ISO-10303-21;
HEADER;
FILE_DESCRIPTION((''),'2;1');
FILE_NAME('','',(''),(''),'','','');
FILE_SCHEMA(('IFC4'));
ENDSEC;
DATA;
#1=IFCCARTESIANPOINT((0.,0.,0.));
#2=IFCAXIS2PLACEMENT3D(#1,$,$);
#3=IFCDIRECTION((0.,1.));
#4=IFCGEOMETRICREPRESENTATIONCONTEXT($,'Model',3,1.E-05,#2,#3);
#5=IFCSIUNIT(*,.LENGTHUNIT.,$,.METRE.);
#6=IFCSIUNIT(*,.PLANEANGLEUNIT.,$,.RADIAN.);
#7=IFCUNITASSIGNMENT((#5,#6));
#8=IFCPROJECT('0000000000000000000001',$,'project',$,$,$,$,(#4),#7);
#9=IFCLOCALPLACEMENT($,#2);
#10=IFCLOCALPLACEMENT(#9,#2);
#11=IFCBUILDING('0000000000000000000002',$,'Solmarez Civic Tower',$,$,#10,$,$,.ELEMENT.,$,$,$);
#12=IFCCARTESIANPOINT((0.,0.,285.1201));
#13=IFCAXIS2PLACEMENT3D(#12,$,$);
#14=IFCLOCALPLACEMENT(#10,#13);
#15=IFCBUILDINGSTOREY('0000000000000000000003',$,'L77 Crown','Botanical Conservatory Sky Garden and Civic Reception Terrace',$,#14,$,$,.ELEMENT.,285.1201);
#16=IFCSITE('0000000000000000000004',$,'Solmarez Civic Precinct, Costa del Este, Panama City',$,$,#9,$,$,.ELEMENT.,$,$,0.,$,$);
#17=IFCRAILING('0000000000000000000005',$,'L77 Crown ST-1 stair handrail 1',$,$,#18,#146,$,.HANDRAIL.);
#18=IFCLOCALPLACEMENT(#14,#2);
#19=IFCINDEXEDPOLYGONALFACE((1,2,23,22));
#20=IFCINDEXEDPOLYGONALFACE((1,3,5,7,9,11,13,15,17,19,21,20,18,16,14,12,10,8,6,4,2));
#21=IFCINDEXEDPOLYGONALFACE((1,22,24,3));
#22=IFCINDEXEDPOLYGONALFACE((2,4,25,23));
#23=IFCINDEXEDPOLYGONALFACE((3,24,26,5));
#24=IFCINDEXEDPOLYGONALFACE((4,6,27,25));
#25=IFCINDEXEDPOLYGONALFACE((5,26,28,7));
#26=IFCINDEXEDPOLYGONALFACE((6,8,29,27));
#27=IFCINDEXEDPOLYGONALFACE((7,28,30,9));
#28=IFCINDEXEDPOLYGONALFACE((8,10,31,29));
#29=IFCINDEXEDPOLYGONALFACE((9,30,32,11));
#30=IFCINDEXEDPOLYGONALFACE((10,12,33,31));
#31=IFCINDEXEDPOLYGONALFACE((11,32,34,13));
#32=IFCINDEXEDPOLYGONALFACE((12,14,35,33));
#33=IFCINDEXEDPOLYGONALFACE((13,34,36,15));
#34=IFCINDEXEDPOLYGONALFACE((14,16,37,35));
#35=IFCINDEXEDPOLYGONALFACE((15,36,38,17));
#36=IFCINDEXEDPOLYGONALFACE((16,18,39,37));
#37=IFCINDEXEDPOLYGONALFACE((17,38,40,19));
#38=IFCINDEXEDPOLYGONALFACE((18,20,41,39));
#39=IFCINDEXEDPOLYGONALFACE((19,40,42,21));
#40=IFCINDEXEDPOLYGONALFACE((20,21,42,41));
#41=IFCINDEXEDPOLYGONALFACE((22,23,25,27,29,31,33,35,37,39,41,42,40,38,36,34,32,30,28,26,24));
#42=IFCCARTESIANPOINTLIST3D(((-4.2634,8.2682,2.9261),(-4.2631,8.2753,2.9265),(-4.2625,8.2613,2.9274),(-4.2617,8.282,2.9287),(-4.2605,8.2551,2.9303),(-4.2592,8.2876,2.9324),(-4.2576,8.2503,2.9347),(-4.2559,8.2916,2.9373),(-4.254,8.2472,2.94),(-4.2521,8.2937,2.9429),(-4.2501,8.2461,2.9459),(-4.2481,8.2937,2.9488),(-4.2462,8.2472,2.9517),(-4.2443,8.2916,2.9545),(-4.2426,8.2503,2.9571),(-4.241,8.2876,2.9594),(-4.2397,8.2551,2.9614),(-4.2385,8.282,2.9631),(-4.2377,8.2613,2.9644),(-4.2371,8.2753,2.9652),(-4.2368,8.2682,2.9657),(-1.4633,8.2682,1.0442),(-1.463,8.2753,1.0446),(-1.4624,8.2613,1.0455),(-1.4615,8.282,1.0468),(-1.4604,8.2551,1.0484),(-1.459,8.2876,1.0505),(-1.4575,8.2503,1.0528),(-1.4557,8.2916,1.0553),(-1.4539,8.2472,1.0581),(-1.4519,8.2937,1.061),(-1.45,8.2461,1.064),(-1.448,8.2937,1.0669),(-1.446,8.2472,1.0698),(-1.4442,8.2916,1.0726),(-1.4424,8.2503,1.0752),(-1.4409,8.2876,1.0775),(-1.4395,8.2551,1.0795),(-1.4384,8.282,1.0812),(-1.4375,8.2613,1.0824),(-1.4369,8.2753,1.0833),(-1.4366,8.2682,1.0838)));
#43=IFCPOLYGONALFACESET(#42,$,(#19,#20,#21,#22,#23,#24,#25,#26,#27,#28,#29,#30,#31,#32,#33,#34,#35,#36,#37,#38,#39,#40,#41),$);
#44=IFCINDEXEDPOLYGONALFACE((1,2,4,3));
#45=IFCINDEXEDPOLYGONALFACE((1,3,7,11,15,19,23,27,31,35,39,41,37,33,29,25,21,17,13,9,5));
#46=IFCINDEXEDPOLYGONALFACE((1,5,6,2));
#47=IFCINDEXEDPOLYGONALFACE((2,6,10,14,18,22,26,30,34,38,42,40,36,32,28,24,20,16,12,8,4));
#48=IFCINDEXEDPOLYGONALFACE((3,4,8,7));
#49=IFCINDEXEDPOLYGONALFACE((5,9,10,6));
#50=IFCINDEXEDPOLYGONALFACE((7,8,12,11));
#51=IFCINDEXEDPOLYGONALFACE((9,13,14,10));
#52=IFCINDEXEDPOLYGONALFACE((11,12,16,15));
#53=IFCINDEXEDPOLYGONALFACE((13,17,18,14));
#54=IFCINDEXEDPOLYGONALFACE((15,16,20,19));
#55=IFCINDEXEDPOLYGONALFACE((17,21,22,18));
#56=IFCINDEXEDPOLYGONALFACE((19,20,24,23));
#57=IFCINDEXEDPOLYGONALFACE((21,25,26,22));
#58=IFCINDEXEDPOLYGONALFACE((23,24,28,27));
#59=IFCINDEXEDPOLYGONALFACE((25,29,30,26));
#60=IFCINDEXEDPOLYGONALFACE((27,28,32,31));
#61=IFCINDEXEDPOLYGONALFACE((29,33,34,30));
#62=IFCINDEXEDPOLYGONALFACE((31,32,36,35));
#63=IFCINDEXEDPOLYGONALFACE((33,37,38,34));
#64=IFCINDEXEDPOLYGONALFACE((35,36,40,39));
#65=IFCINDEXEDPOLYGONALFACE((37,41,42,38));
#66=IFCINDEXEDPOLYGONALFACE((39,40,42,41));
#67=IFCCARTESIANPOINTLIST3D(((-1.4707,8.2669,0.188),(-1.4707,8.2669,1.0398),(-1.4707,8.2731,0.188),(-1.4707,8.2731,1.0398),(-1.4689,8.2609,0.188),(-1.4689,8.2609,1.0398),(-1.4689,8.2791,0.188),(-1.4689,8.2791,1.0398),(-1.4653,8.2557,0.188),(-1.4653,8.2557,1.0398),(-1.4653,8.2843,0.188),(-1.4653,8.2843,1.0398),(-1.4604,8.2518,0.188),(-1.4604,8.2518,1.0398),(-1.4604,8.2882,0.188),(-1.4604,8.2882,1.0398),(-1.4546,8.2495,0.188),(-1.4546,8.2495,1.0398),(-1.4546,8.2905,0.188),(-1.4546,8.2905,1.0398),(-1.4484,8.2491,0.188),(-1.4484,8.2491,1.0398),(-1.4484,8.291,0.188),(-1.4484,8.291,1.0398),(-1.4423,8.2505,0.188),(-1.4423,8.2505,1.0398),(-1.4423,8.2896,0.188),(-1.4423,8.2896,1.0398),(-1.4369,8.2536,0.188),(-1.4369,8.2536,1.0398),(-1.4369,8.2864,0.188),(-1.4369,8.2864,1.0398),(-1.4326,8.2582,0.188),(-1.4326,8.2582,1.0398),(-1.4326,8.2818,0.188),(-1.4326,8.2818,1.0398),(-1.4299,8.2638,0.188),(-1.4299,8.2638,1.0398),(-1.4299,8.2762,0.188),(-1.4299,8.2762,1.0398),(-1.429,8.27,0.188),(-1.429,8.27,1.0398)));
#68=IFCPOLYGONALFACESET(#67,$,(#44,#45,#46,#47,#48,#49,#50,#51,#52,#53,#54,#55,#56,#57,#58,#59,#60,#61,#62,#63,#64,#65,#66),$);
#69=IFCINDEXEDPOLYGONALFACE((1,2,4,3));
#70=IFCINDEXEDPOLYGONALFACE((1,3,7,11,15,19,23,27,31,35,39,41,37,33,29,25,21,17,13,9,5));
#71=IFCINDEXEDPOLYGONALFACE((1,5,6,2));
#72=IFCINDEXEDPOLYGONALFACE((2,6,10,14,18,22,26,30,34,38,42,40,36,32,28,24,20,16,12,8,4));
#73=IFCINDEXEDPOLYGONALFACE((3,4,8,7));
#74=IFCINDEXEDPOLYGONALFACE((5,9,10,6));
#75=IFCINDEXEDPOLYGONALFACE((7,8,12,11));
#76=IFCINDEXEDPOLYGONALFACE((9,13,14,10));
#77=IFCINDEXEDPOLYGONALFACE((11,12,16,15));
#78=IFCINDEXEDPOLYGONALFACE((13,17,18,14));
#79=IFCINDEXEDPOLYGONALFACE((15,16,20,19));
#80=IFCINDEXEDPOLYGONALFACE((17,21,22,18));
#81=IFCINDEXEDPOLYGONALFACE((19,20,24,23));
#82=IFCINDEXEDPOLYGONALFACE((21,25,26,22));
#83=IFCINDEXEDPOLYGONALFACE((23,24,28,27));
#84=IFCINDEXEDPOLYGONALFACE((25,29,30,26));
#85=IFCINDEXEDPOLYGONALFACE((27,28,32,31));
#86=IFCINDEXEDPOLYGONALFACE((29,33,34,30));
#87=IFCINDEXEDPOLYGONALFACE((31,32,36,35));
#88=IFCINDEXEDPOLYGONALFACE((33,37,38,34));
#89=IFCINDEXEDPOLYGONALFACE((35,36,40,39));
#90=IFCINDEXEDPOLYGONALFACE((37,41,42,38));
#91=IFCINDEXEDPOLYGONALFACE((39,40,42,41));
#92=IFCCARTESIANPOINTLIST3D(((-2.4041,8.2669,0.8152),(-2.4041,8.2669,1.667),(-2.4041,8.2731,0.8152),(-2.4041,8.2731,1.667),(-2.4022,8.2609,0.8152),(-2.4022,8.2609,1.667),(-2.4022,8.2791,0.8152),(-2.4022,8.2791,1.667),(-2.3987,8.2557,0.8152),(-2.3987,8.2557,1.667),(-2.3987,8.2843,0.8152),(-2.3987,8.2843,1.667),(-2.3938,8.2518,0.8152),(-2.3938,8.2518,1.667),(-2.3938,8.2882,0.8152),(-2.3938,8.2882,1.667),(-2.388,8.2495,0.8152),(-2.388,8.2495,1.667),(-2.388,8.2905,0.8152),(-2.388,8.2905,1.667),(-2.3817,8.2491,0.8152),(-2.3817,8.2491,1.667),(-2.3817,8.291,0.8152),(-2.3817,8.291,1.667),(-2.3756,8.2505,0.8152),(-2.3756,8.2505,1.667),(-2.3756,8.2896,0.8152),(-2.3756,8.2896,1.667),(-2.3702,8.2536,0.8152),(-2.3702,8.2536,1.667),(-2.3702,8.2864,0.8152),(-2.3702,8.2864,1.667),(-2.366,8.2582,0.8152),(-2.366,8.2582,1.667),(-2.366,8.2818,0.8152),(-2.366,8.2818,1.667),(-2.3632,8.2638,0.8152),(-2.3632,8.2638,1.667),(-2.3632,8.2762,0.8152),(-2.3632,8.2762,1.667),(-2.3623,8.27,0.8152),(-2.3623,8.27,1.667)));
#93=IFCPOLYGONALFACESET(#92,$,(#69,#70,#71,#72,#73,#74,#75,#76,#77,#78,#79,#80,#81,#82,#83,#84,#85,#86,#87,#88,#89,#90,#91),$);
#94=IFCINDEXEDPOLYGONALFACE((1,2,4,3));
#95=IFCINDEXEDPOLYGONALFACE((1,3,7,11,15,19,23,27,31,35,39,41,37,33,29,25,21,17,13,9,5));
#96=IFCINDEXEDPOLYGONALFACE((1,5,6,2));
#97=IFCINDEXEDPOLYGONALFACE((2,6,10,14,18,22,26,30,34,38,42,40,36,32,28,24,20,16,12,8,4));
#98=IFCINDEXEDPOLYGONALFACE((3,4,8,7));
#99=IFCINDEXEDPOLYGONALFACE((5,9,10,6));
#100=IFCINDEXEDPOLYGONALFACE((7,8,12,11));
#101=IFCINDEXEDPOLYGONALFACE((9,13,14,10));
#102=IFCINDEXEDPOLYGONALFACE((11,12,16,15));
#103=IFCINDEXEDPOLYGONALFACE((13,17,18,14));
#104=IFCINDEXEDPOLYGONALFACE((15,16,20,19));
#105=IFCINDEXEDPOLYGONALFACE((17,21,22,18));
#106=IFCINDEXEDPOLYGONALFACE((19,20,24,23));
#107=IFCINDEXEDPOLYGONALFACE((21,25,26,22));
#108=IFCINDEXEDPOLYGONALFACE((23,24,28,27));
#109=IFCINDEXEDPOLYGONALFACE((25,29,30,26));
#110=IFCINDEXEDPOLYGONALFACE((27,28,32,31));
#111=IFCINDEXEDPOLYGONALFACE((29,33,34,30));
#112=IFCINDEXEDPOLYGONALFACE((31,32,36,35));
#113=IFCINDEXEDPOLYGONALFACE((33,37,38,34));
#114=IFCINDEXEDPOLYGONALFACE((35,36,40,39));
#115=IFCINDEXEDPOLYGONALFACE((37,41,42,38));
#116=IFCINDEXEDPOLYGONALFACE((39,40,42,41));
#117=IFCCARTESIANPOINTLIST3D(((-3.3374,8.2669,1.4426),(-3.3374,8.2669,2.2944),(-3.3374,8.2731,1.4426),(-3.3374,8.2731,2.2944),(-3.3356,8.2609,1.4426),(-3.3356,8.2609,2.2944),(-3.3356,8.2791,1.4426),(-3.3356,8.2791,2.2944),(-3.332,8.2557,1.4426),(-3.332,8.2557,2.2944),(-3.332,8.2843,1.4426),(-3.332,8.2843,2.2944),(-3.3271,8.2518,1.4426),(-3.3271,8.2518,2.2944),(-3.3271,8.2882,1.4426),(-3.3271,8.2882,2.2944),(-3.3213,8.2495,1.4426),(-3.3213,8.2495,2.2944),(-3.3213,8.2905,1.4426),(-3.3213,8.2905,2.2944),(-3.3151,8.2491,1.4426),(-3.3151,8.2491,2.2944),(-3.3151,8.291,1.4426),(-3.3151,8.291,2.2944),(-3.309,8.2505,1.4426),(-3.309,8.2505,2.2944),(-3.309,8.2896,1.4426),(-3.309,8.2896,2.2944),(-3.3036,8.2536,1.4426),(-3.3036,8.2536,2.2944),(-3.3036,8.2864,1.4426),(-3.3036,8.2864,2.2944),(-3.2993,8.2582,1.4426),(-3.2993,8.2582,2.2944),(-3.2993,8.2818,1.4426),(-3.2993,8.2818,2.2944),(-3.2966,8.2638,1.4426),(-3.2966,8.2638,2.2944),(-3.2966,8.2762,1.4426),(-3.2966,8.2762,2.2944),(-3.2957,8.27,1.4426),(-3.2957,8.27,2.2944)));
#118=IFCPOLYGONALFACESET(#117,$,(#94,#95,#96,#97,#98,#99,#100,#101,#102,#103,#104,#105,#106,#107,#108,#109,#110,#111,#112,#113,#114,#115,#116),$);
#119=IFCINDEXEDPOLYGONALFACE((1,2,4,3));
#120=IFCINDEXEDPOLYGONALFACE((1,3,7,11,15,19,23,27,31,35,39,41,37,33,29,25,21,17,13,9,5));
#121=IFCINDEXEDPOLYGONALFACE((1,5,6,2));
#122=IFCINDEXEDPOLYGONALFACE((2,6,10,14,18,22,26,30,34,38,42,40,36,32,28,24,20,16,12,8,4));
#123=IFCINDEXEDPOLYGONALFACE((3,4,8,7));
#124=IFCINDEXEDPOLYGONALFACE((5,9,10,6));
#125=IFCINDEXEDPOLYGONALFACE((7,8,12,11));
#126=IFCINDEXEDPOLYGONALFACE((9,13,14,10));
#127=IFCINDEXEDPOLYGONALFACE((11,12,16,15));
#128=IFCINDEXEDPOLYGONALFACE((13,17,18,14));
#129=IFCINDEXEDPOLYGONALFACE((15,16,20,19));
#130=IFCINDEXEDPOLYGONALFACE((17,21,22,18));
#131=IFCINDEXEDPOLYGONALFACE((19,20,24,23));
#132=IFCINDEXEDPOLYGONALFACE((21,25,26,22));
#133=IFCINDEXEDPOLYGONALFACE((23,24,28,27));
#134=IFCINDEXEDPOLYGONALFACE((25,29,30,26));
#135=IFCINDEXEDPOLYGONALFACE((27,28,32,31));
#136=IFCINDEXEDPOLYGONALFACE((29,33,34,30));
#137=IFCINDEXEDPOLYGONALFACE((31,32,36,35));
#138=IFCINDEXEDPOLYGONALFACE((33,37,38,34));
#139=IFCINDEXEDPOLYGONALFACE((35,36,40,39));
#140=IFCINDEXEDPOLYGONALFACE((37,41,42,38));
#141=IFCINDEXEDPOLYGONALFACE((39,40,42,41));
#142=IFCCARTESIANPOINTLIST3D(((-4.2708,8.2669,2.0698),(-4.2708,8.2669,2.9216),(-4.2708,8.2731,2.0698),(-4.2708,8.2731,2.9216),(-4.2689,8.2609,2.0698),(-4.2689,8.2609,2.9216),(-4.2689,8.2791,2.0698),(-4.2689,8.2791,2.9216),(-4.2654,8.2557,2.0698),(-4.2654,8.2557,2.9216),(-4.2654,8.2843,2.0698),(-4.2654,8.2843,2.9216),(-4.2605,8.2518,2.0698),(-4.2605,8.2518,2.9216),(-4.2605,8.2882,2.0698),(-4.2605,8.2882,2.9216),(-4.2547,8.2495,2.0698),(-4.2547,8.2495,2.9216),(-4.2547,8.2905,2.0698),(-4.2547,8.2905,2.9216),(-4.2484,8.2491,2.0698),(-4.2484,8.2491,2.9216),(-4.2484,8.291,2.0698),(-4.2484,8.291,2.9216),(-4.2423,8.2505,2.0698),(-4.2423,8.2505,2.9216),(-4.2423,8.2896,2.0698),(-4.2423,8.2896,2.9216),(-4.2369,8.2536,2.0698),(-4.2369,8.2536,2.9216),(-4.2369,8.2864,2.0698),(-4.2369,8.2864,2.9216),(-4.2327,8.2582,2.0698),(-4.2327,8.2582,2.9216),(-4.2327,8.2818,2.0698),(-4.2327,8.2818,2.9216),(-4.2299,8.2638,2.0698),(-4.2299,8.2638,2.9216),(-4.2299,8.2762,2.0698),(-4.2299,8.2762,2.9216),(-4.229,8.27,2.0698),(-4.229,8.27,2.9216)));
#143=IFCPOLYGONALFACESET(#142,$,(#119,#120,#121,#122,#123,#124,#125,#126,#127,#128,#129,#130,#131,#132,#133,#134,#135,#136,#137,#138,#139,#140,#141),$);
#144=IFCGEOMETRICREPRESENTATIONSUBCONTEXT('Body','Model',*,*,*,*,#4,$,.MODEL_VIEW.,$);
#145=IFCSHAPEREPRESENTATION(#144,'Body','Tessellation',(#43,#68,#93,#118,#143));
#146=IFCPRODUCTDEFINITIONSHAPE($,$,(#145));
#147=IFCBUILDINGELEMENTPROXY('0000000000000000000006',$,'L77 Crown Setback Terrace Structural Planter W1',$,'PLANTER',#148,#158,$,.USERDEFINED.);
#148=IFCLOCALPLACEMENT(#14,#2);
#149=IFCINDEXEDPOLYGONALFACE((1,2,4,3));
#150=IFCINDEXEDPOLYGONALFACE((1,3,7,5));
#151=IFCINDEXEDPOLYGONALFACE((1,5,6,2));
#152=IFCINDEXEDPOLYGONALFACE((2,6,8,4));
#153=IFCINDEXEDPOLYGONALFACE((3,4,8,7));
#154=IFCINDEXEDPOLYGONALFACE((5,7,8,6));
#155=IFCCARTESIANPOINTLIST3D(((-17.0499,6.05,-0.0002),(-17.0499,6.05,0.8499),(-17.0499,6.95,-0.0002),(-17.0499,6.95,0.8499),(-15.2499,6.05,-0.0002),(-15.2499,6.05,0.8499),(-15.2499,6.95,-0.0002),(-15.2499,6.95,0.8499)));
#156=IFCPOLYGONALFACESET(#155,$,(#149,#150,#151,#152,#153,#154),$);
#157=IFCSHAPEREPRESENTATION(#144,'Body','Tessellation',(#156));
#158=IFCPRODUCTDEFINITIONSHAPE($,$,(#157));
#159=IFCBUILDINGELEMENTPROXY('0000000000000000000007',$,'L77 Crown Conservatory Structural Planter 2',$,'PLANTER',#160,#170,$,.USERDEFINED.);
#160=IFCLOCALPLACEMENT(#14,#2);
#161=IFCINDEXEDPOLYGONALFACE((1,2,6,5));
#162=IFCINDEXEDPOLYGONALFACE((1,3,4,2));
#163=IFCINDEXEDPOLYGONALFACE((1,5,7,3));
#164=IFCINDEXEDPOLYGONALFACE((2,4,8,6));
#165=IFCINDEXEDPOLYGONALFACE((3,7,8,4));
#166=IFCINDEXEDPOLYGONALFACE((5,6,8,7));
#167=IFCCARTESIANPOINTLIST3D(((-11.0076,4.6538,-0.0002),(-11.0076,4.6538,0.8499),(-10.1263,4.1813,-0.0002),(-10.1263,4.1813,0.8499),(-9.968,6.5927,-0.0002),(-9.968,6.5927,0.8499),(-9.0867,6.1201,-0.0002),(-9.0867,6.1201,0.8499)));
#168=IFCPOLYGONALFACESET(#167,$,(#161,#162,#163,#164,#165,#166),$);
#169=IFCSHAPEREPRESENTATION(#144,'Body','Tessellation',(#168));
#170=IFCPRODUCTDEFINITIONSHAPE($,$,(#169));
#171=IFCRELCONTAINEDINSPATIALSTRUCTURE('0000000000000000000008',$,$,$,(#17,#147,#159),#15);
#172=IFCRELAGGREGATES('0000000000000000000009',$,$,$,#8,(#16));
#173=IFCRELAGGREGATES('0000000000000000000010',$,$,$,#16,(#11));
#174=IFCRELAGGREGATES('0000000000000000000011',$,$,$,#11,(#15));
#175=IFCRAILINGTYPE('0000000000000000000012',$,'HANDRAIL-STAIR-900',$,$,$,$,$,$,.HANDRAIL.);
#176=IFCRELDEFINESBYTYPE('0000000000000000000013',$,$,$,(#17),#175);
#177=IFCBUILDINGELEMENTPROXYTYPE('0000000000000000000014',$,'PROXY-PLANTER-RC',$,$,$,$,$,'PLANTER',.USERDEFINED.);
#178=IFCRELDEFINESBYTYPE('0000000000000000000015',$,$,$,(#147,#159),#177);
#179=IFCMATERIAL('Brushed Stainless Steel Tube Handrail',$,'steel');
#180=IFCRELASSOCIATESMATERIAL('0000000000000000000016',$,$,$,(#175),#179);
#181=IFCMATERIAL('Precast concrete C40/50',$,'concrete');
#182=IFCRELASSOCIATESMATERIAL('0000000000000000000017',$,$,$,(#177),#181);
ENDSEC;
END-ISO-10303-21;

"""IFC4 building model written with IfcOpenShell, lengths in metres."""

from ifc_helpers import new_model, si_unit, direction, frame, origin, origin_2d, place, context, subcontext, project, spatial, rectangle, circle, extrude, material, type_object, element, save


model = new_model("IFC4")

# Units and contexts
model_context = context("Model", 3, precision=1e-05, world=origin(), true_north=direction((0.0, 1.0)))
body_context = subcontext(model_context, "Body", "Model", "MODEL_VIEW")
ifc_project = project(units=[si_unit("LENGTHUNIT", "METRE"), si_unit("PLANEANGLEUNIT", "RADIAN")], contexts=[model_context])

# Site, building, storey
site_placement = place(None, origin())
site = spatial("IfcSite", under=ifc_project, at=site_placement, Name="Solmarez Civic Precinct, Costa del Este, Panama City", CompositionType="ELEMENT", RefElevation=0.0)
building_placement = place(site_placement, origin())
building = spatial("IfcBuilding", under=site, at=building_placement, Name="Solmarez Civic Tower", CompositionType="ELEMENT")
storey_placement = place(building_placement, frame((0.0, 0.0, 285.1201)))
storey = spatial("IfcBuildingStorey", under=building, at=storey_placement, Name="L77 Crown", Description="Botanical Conservatory Sky Garden and Civic Reception Terrace", CompositionType="ELEMENT", Elevation=285.1201)

# Shared definitions
ifc_material_1 = material(Name="Precast concrete C40/50", Category="concrete")

# Railing
ifc_material_2 = material(Name="Brushed Stainless Steel Tube Handrail", Category="steel")
railing_type_1 = type_object("IfcRailingType", Name="HANDRAIL-STAIR-900", PredefinedType="HANDRAIL", material=ifc_material_2)
railing_1_placement = place(storey_placement, frame((-1.45, 8.27, 0.188)))
element("IfcRailing", 1, at=railing_1_placement, inside=storey, type_object=railing_type_1, Name="L77 Crown ST-1 stair handrail 1", PredefinedType="HANDRAIL", context=body_context, shape_type="SweptSolid", body=[
    extrude(circle(Radius=0.0239, at=origin_2d()), frame((0.0, 0.0, 0.876), z_axis=(-0.829974, 0.0, 0.557803), x_axis=(0.0, -1.0, 0.0)), (0.0, 0.0, 1.0), 3.3738),
    extrude(circle(Radius=0.021, at=origin_2d()), origin(), (0.0, 0.0, 1.0), 0.8518),
    extrude(circle(Radius=0.021, at=origin_2d()), frame((-0.9333, 0.0, 0.6272)), (0.0, 0.0, 1.0), 0.8518),
    extrude(circle(Radius=0.021, at=origin_2d()), frame((-1.8667, 0.0, 1.2546)), (0.0, 0.0, 1.0), 0.8518),
    extrude(circle(Radius=0.021, at=origin_2d()), frame((-2.8, 0.0, 1.8818)), (0.0, 0.0, 1.0), 0.8518),
])

# Building element proxies
building_element_proxy_type = type_object("IfcBuildingElementProxyType", Name="PROXY-PLANTER-RC", ElementType="PLANTER", PredefinedType="USERDEFINED", material=ifc_material_1)
proxy_1_placement = place(storey_placement, frame((-16.1499, 6.5, -0.0002), z_axis=(0.0, 0.0, 1.0), x_axis=(1.0, 0.0, 0.0)))
element("IfcBuildingElementProxy", 2, at=proxy_1_placement, inside=storey, type_object=building_element_proxy_type, Name="L77 Crown Setback Terrace Structural Planter W1", ObjectType="PLANTER", PredefinedType="USERDEFINED", context=body_context, shape_type="SweptSolid", body=[
    extrude(rectangle(XDim=1.8, YDim=0.8999, at=origin_2d()), origin(), (0.0, 0.0, 1.0), 0.8501),
])
proxy_2_placement = place(storey_placement, frame((-10.0471, 5.387, -0.0002), z_axis=(0.0, 0.0, 1.0), x_axis=(0.472551, 0.881303, 0.0)))
element("IfcBuildingElementProxy", 3, at=proxy_2_placement, inside=storey, type_object=building_element_proxy_type, Name="L77 Crown Conservatory Structural Planter 2", ObjectType="PLANTER", PredefinedType="USERDEFINED", context=body_context, shape_type="SweptSolid", body=[
    extrude(rectangle(XDim=2.2, YDim=1.0, at=origin_2d()), origin(), (0.0, 0.0, 1.0), 0.8501),
])

save(model, "model.ifc")
